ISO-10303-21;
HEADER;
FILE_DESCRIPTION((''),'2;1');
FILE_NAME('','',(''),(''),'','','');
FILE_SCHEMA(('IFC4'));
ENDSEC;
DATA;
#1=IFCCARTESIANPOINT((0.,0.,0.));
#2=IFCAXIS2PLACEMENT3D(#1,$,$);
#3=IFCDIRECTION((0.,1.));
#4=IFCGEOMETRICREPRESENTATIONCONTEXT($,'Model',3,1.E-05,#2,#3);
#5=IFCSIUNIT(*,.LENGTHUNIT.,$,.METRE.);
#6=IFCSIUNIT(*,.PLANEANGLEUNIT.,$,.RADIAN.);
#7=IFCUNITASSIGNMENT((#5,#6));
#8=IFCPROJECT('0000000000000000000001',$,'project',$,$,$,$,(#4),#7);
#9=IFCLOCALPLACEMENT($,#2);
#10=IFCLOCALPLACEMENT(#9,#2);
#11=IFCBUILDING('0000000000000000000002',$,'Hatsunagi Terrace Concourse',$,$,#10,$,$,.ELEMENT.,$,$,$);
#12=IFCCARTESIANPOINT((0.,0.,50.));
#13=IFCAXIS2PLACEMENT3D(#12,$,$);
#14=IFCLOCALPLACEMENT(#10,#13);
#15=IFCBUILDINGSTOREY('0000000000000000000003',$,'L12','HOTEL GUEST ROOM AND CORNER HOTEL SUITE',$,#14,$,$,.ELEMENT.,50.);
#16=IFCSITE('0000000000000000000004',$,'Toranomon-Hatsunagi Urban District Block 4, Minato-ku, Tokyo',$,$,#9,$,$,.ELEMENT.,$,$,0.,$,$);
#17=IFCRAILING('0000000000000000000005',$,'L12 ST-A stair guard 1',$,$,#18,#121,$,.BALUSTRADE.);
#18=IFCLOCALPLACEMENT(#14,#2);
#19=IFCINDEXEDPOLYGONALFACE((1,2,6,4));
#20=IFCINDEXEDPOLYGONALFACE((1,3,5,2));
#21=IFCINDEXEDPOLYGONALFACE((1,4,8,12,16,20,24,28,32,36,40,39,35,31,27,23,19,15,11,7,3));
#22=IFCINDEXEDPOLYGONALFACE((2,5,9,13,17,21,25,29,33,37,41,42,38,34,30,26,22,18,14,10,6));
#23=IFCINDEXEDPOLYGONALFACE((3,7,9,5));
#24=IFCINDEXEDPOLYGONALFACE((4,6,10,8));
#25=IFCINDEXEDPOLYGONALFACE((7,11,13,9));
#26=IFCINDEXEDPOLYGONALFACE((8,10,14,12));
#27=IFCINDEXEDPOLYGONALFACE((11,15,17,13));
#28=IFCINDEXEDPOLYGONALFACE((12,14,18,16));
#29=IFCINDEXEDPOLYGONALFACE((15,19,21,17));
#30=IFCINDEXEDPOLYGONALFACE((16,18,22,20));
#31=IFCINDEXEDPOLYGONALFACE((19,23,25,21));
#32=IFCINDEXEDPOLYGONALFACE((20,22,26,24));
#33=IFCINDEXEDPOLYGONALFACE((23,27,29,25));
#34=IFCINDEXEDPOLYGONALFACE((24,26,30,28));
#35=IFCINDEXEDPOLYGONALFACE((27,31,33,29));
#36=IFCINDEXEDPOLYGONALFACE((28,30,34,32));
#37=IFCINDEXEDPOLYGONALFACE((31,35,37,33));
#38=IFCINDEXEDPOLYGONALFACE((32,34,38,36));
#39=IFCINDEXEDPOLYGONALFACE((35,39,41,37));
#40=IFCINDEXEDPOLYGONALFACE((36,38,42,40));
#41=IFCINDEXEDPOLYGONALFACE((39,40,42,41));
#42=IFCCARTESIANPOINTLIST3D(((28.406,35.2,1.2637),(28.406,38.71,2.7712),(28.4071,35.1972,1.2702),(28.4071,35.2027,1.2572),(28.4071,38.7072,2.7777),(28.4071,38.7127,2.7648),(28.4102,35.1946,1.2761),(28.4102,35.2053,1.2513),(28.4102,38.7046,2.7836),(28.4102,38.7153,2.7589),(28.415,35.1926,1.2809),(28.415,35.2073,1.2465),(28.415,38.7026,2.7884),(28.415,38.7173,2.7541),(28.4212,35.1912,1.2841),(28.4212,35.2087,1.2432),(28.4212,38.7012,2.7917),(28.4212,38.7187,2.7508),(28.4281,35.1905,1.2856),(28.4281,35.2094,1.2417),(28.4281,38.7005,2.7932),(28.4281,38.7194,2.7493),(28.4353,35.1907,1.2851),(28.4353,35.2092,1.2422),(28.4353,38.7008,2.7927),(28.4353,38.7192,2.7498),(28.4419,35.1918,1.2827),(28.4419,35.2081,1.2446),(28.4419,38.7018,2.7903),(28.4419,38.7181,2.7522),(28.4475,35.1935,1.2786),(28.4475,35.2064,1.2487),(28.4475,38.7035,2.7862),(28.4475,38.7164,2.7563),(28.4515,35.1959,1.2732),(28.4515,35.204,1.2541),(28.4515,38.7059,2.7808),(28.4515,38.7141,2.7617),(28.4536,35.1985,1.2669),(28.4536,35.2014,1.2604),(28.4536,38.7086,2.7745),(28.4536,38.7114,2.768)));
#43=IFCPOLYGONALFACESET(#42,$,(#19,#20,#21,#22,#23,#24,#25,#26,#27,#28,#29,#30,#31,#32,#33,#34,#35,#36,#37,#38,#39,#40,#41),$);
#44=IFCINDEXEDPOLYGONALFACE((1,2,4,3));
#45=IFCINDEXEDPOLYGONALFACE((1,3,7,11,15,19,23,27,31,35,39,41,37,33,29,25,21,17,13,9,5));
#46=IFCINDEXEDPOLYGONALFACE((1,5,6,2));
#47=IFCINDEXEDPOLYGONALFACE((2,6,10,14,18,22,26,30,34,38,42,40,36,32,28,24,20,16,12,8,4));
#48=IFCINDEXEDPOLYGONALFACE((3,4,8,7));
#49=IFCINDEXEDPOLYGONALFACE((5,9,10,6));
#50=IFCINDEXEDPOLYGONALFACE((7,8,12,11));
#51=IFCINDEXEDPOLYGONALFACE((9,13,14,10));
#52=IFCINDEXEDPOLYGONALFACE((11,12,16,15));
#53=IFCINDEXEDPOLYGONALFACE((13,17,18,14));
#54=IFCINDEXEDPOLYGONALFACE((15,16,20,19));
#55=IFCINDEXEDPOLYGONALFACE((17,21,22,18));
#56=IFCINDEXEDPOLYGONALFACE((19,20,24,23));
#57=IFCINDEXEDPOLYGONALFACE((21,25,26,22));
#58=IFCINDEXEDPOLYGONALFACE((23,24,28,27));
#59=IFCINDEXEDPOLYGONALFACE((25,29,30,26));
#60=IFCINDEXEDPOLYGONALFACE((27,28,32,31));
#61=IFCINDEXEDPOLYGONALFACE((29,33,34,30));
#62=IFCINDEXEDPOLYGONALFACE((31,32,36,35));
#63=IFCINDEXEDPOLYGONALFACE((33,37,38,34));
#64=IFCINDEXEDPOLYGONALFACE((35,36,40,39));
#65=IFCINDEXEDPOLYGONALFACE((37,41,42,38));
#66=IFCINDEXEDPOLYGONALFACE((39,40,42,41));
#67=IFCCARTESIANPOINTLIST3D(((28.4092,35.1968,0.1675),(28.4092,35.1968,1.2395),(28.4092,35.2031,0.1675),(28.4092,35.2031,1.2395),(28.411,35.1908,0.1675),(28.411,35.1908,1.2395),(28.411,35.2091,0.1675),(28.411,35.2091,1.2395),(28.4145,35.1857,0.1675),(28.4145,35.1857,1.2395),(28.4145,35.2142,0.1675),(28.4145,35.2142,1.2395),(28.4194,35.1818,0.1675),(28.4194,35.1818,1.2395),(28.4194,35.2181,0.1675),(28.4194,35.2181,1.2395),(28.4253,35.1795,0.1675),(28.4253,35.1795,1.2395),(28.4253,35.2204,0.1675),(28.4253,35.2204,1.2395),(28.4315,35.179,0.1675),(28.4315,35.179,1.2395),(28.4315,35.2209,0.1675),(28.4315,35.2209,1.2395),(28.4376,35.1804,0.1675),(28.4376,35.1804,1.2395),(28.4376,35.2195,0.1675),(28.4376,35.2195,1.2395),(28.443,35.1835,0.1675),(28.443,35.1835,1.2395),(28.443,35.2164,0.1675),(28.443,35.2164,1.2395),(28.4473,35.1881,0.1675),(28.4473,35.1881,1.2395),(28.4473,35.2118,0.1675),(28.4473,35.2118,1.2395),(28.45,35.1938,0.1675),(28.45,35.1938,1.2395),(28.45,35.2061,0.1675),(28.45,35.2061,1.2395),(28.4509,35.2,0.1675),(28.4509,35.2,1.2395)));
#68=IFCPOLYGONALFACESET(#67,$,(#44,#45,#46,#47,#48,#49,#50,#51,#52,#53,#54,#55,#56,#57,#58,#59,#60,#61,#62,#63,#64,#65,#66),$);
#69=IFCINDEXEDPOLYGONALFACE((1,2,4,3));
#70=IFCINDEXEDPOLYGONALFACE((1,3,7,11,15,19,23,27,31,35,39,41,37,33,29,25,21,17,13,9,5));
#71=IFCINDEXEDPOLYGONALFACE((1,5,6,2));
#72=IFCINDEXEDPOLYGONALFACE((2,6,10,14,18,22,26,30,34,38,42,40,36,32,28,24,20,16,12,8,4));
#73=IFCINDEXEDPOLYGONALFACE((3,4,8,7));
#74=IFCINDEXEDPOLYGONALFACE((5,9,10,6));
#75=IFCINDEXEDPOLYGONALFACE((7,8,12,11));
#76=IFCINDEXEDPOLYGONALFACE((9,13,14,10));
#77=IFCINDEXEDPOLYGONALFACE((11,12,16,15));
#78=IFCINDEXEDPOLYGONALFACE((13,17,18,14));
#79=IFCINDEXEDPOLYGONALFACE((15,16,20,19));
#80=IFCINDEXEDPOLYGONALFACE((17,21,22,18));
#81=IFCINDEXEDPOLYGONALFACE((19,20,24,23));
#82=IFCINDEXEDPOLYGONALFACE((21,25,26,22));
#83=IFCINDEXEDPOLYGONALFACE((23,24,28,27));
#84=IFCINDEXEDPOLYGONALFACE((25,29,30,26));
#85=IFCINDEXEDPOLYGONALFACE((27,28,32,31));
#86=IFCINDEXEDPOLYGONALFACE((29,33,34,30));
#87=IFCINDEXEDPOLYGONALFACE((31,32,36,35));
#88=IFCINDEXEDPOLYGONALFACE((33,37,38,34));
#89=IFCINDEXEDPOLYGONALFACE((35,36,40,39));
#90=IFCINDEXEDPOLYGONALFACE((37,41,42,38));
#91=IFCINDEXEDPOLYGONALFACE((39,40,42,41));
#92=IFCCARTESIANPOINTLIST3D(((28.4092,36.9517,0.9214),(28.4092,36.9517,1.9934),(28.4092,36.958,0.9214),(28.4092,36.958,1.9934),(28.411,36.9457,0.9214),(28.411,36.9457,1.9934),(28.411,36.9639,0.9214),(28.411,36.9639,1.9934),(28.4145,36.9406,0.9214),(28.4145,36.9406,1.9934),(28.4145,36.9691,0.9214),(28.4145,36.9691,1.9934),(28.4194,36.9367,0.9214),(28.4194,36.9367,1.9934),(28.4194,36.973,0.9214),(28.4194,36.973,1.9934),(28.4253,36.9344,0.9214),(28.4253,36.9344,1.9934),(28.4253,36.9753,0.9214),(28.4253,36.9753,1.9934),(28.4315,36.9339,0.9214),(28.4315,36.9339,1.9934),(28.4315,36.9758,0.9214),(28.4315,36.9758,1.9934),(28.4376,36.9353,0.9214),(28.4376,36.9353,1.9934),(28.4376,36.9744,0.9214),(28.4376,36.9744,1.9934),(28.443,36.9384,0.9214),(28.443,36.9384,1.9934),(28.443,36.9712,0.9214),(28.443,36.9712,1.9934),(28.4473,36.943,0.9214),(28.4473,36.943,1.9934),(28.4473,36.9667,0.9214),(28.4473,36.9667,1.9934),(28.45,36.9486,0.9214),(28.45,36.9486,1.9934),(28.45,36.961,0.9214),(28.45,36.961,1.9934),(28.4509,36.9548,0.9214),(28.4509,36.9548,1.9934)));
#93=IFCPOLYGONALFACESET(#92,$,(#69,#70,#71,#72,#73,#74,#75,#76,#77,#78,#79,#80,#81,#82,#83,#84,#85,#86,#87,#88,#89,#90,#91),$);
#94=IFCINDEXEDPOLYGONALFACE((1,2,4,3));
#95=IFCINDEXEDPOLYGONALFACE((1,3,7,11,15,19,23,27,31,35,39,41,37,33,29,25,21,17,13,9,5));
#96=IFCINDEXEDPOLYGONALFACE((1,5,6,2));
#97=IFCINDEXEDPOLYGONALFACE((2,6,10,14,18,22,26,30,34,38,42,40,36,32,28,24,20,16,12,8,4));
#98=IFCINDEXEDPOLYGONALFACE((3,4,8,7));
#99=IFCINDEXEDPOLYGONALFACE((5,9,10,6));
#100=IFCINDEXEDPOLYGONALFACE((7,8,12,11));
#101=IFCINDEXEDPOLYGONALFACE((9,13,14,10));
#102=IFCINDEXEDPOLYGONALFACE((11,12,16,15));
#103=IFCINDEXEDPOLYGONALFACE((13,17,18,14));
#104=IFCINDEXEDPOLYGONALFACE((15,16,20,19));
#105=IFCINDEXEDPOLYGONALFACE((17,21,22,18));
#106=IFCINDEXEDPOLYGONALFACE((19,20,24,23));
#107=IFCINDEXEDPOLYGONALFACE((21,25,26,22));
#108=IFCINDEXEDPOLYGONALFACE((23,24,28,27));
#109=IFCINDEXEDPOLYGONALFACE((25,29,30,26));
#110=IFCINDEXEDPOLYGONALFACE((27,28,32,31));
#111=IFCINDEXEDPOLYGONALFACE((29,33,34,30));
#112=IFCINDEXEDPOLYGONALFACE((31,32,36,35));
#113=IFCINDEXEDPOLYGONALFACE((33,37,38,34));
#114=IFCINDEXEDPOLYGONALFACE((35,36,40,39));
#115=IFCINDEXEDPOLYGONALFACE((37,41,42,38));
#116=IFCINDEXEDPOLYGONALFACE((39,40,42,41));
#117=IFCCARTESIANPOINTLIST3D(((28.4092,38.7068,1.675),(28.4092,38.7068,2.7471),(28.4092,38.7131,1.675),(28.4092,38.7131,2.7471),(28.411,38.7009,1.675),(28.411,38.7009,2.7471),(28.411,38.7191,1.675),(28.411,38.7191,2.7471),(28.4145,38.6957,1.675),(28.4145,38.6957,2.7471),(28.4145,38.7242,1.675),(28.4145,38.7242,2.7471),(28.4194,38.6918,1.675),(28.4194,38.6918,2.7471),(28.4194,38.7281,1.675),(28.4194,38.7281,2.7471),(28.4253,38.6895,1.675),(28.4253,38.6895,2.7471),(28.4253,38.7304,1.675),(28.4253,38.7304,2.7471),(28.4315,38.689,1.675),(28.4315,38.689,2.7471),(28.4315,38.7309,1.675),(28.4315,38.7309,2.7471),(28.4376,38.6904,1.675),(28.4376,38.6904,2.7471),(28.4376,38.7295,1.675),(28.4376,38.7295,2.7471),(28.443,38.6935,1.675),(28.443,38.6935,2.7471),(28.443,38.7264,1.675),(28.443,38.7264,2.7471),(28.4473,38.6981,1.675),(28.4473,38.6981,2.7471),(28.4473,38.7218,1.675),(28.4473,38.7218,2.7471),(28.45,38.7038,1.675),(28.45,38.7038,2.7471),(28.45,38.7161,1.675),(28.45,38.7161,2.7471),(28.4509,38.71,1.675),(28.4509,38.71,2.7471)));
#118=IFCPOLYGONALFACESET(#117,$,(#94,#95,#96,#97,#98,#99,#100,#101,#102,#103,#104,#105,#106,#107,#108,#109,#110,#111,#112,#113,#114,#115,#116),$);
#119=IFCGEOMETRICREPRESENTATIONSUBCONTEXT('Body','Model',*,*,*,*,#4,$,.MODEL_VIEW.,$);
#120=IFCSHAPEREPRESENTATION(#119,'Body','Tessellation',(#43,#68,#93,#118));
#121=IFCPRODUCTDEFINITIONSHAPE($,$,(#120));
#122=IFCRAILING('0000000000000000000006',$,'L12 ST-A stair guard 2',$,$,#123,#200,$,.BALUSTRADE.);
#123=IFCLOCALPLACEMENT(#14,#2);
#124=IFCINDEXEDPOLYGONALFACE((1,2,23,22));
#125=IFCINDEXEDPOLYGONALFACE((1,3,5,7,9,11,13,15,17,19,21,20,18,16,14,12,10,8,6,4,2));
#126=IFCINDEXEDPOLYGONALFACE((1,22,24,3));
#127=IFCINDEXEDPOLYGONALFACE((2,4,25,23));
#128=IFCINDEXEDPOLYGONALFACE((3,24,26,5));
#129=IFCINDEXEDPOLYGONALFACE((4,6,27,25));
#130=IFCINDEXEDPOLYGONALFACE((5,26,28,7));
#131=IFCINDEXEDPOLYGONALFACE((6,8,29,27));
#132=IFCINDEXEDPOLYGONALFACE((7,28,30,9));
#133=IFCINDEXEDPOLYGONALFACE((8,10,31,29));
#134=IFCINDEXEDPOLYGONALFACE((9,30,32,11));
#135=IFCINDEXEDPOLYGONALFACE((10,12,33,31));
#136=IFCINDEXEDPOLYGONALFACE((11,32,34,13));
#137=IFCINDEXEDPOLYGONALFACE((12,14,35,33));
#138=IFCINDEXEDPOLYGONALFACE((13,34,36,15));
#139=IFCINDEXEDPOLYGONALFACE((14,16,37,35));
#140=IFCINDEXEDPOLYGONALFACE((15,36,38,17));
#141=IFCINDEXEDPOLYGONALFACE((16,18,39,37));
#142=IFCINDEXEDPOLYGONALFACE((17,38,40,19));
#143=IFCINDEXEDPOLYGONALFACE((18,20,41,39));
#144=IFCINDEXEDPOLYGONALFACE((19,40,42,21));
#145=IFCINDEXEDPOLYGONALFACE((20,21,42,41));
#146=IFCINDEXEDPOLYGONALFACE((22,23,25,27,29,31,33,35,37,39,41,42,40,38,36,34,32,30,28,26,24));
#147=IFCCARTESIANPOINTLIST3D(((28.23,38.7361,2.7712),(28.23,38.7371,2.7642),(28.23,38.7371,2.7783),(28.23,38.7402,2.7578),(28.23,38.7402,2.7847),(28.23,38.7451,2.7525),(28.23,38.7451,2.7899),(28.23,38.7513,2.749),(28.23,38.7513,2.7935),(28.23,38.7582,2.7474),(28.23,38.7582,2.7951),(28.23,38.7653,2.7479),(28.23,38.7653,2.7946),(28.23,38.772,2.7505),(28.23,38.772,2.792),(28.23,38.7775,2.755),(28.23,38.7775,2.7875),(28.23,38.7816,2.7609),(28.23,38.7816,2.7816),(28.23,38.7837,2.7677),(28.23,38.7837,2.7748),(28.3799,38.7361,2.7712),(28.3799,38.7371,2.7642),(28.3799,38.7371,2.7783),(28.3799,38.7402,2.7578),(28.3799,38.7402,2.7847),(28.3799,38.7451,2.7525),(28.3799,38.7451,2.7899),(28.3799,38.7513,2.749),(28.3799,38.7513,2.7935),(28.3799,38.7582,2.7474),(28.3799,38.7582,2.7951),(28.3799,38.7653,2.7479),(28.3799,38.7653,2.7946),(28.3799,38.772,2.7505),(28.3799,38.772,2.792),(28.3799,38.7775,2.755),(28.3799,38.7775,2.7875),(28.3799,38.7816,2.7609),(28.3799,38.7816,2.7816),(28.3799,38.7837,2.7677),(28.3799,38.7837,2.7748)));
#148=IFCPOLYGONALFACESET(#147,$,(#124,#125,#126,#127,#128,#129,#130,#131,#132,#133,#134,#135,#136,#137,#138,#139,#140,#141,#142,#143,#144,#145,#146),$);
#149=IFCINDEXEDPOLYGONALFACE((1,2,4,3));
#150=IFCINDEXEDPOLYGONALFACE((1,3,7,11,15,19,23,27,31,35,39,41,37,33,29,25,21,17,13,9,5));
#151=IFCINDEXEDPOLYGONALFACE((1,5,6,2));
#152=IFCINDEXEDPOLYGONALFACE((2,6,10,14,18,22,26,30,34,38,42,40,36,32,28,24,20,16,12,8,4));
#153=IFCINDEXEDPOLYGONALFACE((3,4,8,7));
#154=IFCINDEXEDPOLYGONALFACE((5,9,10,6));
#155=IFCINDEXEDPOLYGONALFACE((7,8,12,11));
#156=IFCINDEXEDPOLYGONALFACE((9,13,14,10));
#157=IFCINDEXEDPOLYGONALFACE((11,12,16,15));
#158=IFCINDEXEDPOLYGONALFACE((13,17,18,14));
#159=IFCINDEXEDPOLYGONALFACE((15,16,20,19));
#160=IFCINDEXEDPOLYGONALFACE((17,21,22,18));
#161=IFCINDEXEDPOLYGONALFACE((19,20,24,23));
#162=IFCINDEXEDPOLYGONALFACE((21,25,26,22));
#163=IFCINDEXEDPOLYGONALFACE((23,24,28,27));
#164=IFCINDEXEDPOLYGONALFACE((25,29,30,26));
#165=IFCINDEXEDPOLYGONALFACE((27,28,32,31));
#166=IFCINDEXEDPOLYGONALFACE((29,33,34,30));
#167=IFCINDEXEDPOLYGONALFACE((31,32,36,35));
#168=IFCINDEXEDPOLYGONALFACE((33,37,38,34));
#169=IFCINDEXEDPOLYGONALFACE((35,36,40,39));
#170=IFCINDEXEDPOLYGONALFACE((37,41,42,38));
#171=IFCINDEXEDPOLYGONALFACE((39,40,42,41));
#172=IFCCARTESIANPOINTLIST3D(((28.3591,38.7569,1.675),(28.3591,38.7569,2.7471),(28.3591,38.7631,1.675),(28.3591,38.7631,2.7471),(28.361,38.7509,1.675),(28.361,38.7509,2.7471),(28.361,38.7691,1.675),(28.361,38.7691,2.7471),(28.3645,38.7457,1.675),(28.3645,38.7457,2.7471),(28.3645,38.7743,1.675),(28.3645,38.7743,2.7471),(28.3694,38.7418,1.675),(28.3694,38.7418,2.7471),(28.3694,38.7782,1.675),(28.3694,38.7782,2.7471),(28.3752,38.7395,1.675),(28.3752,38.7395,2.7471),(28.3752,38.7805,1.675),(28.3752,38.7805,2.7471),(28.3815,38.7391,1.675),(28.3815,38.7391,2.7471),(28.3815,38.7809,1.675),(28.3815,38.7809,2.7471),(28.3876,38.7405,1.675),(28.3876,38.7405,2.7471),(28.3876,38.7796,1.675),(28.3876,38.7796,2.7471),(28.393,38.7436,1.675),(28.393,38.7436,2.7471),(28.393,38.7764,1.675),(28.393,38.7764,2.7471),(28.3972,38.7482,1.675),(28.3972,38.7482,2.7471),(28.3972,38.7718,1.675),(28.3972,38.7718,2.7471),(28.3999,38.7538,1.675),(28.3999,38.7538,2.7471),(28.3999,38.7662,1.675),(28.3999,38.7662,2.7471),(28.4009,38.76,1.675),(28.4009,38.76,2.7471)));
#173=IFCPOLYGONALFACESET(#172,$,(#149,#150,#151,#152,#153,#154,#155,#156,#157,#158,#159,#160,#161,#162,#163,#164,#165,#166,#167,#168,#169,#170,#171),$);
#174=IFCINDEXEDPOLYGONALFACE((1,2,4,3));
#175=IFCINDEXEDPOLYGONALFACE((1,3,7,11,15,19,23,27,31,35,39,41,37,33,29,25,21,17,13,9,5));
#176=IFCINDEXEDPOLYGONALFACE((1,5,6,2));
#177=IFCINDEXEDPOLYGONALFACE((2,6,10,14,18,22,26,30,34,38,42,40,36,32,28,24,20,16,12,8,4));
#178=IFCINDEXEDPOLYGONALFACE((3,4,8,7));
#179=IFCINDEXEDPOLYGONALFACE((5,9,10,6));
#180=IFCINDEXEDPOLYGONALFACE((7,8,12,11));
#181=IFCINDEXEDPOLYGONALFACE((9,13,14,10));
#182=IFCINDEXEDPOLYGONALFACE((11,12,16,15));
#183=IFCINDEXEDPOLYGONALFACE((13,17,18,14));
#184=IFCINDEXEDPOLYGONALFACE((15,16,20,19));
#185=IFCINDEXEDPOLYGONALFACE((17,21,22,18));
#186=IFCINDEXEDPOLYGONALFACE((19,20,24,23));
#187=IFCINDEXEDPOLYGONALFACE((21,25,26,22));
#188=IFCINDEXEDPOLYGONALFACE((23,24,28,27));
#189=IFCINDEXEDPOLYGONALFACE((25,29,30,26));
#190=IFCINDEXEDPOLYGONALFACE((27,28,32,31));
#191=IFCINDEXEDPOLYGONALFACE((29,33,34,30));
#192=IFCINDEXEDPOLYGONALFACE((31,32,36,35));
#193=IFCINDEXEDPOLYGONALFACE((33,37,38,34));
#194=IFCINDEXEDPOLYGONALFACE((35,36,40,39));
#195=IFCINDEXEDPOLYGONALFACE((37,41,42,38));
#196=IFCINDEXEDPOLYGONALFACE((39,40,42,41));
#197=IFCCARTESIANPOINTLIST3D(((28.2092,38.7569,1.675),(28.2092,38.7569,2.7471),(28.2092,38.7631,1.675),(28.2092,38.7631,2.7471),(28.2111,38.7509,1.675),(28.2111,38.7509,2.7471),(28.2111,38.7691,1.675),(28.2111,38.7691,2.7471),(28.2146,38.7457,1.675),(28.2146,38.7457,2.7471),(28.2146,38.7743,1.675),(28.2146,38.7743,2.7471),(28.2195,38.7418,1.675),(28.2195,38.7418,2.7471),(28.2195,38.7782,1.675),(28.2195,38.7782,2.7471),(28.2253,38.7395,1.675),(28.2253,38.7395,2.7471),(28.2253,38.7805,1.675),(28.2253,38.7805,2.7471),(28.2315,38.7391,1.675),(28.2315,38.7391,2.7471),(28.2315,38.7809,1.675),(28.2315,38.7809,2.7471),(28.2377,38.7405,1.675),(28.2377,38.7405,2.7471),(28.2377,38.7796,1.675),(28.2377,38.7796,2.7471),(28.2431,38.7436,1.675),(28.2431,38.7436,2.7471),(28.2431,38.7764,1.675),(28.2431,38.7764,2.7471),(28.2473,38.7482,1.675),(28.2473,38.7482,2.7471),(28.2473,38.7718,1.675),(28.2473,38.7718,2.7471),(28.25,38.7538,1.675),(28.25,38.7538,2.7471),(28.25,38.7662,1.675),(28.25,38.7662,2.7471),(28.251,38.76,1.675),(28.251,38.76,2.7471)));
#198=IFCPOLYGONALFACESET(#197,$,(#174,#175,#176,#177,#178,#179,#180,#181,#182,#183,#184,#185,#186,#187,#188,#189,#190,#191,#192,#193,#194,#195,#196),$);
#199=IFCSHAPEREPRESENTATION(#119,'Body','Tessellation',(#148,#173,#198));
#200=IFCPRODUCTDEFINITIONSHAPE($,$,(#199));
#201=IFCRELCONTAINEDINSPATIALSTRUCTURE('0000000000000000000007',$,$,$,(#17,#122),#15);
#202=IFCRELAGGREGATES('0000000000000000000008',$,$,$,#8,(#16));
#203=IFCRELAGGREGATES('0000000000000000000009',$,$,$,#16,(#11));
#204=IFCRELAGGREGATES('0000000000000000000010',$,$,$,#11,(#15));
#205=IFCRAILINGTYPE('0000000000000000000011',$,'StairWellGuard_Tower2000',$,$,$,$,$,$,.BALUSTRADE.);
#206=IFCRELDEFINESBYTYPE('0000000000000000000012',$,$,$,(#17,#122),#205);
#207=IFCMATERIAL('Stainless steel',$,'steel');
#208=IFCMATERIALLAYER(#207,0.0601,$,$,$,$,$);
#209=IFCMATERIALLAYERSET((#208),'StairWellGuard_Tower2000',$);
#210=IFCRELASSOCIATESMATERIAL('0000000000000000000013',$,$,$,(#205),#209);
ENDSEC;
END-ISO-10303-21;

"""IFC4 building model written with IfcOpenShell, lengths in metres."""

from ifc_helpers import new_model, si_unit, direction, frame, origin, origin_2d, place, context, subcontext, project, spatial, circle, extrude, material, layer, layer_set, type_object, element, save


model = new_model("IFC4")

# Units and contexts
model_context = context("Model", 3, precision=1e-05, world=origin(), true_north=direction((0.0, 1.0)))
body_context = subcontext(model_context, "Body", "Model", "MODEL_VIEW")
ifc_project = project(units=[si_unit("LENGTHUNIT", "METRE"), si_unit("PLANEANGLEUNIT", "RADIAN")], contexts=[model_context])

# Site, building, storey
site_placement = place(None, origin())
site = spatial("IfcSite", under=ifc_project, at=site_placement, Name="Toranomon-Hatsunagi Urban District Block 4, Minato-ku, Tokyo", CompositionType="ELEMENT", RefElevation=0.0)
building_placement = place(site_placement, origin())
building = spatial("IfcBuilding", under=site, at=building_placement, Name="Hatsunagi Terrace Concourse", CompositionType="ELEMENT")
storey_placement = place(building_placement, frame((0.0, 0.0, 50.0)))
storey = spatial("IfcBuildingStorey", under=building, at=storey_placement, Name="L12", Description="HOTEL GUEST ROOM AND CORNER HOTEL SUITE", CompositionType="ELEMENT", Elevation=50.0)

# Railings
ifc_material_1 = material(Name="Stainless steel", Category="steel")
ifc_layer_1 = layer(ifc_material_1, 0.0601)
ifc_layer_set_1 = layer_set([ifc_layer_1], Name="StairWellGuard_Tower2000")
railing_type_1 = type_object("IfcRailingType", Name="StairWellGuard_Tower2000", PredefinedType="BALUSTRADE", material=ifc_layer_set_1)
railing_1_placement = place(storey_placement, frame((28.4299, 35.2, 0.1675)))
element("IfcRailing", 1, at=railing_1_placement, inside=storey, type_object=railing_type_1, Name="L12 ST-A stair guard 1", PredefinedType="BALUSTRADE", context=body_context, shape_type="SweptSolid", body=[
    extrude(circle(Radius=0.0239, at=origin_2d()), frame((0.0, 0.0, 1.0962), z_axis=(0.0, 0.918834, 0.394644), x_axis=(-1.0, 0.0, 0.0)), (0.0, 0.0, 1.0), 3.8201),
    extrude(circle(Radius=0.021, at=origin_2d()), origin(), (0.0, 0.0, 1.0), 1.072),
    extrude(circle(Radius=0.021, at=origin_2d()), frame((0.0, 1.7549, 0.7539)), (0.0, 0.0, 1.0), 1.072),
    extrude(circle(Radius=0.021, at=origin_2d()), frame((0.0, 3.51, 1.5076)), (0.0, 0.0, 1.0), 1.072),
])
railing_2_placement = place(storey_placement, frame((28.3799, 38.76, 1.675)))
element("IfcRailing", 2, at=railing_2_placement, inside=storey, type_object=railing_type_1, Name="L12 ST-A stair guard 2", PredefinedType="BALUSTRADE", context=body_context, shape_type="SweptSolid", body=[
    extrude(circle(Radius=0.0239, at=origin_2d()), frame((0.0, 0.0, 1.0962), z_axis=(-1.0, 0.0, 0.0), x_axis=(0.0, -1.0, 0.0)), (0.0, 0.0, 1.0), 0.1499),
    extrude(circle(Radius=0.021, at=origin_2d()), origin(), (0.0, 0.0, 1.0), 1.072),
    extrude(circle(Radius=0.021, at=origin_2d()), frame((-0.1499, 0.0, 0.0)), (0.0, 0.0, 1.0), 1.072),
])

save(model, "model.ifc")
